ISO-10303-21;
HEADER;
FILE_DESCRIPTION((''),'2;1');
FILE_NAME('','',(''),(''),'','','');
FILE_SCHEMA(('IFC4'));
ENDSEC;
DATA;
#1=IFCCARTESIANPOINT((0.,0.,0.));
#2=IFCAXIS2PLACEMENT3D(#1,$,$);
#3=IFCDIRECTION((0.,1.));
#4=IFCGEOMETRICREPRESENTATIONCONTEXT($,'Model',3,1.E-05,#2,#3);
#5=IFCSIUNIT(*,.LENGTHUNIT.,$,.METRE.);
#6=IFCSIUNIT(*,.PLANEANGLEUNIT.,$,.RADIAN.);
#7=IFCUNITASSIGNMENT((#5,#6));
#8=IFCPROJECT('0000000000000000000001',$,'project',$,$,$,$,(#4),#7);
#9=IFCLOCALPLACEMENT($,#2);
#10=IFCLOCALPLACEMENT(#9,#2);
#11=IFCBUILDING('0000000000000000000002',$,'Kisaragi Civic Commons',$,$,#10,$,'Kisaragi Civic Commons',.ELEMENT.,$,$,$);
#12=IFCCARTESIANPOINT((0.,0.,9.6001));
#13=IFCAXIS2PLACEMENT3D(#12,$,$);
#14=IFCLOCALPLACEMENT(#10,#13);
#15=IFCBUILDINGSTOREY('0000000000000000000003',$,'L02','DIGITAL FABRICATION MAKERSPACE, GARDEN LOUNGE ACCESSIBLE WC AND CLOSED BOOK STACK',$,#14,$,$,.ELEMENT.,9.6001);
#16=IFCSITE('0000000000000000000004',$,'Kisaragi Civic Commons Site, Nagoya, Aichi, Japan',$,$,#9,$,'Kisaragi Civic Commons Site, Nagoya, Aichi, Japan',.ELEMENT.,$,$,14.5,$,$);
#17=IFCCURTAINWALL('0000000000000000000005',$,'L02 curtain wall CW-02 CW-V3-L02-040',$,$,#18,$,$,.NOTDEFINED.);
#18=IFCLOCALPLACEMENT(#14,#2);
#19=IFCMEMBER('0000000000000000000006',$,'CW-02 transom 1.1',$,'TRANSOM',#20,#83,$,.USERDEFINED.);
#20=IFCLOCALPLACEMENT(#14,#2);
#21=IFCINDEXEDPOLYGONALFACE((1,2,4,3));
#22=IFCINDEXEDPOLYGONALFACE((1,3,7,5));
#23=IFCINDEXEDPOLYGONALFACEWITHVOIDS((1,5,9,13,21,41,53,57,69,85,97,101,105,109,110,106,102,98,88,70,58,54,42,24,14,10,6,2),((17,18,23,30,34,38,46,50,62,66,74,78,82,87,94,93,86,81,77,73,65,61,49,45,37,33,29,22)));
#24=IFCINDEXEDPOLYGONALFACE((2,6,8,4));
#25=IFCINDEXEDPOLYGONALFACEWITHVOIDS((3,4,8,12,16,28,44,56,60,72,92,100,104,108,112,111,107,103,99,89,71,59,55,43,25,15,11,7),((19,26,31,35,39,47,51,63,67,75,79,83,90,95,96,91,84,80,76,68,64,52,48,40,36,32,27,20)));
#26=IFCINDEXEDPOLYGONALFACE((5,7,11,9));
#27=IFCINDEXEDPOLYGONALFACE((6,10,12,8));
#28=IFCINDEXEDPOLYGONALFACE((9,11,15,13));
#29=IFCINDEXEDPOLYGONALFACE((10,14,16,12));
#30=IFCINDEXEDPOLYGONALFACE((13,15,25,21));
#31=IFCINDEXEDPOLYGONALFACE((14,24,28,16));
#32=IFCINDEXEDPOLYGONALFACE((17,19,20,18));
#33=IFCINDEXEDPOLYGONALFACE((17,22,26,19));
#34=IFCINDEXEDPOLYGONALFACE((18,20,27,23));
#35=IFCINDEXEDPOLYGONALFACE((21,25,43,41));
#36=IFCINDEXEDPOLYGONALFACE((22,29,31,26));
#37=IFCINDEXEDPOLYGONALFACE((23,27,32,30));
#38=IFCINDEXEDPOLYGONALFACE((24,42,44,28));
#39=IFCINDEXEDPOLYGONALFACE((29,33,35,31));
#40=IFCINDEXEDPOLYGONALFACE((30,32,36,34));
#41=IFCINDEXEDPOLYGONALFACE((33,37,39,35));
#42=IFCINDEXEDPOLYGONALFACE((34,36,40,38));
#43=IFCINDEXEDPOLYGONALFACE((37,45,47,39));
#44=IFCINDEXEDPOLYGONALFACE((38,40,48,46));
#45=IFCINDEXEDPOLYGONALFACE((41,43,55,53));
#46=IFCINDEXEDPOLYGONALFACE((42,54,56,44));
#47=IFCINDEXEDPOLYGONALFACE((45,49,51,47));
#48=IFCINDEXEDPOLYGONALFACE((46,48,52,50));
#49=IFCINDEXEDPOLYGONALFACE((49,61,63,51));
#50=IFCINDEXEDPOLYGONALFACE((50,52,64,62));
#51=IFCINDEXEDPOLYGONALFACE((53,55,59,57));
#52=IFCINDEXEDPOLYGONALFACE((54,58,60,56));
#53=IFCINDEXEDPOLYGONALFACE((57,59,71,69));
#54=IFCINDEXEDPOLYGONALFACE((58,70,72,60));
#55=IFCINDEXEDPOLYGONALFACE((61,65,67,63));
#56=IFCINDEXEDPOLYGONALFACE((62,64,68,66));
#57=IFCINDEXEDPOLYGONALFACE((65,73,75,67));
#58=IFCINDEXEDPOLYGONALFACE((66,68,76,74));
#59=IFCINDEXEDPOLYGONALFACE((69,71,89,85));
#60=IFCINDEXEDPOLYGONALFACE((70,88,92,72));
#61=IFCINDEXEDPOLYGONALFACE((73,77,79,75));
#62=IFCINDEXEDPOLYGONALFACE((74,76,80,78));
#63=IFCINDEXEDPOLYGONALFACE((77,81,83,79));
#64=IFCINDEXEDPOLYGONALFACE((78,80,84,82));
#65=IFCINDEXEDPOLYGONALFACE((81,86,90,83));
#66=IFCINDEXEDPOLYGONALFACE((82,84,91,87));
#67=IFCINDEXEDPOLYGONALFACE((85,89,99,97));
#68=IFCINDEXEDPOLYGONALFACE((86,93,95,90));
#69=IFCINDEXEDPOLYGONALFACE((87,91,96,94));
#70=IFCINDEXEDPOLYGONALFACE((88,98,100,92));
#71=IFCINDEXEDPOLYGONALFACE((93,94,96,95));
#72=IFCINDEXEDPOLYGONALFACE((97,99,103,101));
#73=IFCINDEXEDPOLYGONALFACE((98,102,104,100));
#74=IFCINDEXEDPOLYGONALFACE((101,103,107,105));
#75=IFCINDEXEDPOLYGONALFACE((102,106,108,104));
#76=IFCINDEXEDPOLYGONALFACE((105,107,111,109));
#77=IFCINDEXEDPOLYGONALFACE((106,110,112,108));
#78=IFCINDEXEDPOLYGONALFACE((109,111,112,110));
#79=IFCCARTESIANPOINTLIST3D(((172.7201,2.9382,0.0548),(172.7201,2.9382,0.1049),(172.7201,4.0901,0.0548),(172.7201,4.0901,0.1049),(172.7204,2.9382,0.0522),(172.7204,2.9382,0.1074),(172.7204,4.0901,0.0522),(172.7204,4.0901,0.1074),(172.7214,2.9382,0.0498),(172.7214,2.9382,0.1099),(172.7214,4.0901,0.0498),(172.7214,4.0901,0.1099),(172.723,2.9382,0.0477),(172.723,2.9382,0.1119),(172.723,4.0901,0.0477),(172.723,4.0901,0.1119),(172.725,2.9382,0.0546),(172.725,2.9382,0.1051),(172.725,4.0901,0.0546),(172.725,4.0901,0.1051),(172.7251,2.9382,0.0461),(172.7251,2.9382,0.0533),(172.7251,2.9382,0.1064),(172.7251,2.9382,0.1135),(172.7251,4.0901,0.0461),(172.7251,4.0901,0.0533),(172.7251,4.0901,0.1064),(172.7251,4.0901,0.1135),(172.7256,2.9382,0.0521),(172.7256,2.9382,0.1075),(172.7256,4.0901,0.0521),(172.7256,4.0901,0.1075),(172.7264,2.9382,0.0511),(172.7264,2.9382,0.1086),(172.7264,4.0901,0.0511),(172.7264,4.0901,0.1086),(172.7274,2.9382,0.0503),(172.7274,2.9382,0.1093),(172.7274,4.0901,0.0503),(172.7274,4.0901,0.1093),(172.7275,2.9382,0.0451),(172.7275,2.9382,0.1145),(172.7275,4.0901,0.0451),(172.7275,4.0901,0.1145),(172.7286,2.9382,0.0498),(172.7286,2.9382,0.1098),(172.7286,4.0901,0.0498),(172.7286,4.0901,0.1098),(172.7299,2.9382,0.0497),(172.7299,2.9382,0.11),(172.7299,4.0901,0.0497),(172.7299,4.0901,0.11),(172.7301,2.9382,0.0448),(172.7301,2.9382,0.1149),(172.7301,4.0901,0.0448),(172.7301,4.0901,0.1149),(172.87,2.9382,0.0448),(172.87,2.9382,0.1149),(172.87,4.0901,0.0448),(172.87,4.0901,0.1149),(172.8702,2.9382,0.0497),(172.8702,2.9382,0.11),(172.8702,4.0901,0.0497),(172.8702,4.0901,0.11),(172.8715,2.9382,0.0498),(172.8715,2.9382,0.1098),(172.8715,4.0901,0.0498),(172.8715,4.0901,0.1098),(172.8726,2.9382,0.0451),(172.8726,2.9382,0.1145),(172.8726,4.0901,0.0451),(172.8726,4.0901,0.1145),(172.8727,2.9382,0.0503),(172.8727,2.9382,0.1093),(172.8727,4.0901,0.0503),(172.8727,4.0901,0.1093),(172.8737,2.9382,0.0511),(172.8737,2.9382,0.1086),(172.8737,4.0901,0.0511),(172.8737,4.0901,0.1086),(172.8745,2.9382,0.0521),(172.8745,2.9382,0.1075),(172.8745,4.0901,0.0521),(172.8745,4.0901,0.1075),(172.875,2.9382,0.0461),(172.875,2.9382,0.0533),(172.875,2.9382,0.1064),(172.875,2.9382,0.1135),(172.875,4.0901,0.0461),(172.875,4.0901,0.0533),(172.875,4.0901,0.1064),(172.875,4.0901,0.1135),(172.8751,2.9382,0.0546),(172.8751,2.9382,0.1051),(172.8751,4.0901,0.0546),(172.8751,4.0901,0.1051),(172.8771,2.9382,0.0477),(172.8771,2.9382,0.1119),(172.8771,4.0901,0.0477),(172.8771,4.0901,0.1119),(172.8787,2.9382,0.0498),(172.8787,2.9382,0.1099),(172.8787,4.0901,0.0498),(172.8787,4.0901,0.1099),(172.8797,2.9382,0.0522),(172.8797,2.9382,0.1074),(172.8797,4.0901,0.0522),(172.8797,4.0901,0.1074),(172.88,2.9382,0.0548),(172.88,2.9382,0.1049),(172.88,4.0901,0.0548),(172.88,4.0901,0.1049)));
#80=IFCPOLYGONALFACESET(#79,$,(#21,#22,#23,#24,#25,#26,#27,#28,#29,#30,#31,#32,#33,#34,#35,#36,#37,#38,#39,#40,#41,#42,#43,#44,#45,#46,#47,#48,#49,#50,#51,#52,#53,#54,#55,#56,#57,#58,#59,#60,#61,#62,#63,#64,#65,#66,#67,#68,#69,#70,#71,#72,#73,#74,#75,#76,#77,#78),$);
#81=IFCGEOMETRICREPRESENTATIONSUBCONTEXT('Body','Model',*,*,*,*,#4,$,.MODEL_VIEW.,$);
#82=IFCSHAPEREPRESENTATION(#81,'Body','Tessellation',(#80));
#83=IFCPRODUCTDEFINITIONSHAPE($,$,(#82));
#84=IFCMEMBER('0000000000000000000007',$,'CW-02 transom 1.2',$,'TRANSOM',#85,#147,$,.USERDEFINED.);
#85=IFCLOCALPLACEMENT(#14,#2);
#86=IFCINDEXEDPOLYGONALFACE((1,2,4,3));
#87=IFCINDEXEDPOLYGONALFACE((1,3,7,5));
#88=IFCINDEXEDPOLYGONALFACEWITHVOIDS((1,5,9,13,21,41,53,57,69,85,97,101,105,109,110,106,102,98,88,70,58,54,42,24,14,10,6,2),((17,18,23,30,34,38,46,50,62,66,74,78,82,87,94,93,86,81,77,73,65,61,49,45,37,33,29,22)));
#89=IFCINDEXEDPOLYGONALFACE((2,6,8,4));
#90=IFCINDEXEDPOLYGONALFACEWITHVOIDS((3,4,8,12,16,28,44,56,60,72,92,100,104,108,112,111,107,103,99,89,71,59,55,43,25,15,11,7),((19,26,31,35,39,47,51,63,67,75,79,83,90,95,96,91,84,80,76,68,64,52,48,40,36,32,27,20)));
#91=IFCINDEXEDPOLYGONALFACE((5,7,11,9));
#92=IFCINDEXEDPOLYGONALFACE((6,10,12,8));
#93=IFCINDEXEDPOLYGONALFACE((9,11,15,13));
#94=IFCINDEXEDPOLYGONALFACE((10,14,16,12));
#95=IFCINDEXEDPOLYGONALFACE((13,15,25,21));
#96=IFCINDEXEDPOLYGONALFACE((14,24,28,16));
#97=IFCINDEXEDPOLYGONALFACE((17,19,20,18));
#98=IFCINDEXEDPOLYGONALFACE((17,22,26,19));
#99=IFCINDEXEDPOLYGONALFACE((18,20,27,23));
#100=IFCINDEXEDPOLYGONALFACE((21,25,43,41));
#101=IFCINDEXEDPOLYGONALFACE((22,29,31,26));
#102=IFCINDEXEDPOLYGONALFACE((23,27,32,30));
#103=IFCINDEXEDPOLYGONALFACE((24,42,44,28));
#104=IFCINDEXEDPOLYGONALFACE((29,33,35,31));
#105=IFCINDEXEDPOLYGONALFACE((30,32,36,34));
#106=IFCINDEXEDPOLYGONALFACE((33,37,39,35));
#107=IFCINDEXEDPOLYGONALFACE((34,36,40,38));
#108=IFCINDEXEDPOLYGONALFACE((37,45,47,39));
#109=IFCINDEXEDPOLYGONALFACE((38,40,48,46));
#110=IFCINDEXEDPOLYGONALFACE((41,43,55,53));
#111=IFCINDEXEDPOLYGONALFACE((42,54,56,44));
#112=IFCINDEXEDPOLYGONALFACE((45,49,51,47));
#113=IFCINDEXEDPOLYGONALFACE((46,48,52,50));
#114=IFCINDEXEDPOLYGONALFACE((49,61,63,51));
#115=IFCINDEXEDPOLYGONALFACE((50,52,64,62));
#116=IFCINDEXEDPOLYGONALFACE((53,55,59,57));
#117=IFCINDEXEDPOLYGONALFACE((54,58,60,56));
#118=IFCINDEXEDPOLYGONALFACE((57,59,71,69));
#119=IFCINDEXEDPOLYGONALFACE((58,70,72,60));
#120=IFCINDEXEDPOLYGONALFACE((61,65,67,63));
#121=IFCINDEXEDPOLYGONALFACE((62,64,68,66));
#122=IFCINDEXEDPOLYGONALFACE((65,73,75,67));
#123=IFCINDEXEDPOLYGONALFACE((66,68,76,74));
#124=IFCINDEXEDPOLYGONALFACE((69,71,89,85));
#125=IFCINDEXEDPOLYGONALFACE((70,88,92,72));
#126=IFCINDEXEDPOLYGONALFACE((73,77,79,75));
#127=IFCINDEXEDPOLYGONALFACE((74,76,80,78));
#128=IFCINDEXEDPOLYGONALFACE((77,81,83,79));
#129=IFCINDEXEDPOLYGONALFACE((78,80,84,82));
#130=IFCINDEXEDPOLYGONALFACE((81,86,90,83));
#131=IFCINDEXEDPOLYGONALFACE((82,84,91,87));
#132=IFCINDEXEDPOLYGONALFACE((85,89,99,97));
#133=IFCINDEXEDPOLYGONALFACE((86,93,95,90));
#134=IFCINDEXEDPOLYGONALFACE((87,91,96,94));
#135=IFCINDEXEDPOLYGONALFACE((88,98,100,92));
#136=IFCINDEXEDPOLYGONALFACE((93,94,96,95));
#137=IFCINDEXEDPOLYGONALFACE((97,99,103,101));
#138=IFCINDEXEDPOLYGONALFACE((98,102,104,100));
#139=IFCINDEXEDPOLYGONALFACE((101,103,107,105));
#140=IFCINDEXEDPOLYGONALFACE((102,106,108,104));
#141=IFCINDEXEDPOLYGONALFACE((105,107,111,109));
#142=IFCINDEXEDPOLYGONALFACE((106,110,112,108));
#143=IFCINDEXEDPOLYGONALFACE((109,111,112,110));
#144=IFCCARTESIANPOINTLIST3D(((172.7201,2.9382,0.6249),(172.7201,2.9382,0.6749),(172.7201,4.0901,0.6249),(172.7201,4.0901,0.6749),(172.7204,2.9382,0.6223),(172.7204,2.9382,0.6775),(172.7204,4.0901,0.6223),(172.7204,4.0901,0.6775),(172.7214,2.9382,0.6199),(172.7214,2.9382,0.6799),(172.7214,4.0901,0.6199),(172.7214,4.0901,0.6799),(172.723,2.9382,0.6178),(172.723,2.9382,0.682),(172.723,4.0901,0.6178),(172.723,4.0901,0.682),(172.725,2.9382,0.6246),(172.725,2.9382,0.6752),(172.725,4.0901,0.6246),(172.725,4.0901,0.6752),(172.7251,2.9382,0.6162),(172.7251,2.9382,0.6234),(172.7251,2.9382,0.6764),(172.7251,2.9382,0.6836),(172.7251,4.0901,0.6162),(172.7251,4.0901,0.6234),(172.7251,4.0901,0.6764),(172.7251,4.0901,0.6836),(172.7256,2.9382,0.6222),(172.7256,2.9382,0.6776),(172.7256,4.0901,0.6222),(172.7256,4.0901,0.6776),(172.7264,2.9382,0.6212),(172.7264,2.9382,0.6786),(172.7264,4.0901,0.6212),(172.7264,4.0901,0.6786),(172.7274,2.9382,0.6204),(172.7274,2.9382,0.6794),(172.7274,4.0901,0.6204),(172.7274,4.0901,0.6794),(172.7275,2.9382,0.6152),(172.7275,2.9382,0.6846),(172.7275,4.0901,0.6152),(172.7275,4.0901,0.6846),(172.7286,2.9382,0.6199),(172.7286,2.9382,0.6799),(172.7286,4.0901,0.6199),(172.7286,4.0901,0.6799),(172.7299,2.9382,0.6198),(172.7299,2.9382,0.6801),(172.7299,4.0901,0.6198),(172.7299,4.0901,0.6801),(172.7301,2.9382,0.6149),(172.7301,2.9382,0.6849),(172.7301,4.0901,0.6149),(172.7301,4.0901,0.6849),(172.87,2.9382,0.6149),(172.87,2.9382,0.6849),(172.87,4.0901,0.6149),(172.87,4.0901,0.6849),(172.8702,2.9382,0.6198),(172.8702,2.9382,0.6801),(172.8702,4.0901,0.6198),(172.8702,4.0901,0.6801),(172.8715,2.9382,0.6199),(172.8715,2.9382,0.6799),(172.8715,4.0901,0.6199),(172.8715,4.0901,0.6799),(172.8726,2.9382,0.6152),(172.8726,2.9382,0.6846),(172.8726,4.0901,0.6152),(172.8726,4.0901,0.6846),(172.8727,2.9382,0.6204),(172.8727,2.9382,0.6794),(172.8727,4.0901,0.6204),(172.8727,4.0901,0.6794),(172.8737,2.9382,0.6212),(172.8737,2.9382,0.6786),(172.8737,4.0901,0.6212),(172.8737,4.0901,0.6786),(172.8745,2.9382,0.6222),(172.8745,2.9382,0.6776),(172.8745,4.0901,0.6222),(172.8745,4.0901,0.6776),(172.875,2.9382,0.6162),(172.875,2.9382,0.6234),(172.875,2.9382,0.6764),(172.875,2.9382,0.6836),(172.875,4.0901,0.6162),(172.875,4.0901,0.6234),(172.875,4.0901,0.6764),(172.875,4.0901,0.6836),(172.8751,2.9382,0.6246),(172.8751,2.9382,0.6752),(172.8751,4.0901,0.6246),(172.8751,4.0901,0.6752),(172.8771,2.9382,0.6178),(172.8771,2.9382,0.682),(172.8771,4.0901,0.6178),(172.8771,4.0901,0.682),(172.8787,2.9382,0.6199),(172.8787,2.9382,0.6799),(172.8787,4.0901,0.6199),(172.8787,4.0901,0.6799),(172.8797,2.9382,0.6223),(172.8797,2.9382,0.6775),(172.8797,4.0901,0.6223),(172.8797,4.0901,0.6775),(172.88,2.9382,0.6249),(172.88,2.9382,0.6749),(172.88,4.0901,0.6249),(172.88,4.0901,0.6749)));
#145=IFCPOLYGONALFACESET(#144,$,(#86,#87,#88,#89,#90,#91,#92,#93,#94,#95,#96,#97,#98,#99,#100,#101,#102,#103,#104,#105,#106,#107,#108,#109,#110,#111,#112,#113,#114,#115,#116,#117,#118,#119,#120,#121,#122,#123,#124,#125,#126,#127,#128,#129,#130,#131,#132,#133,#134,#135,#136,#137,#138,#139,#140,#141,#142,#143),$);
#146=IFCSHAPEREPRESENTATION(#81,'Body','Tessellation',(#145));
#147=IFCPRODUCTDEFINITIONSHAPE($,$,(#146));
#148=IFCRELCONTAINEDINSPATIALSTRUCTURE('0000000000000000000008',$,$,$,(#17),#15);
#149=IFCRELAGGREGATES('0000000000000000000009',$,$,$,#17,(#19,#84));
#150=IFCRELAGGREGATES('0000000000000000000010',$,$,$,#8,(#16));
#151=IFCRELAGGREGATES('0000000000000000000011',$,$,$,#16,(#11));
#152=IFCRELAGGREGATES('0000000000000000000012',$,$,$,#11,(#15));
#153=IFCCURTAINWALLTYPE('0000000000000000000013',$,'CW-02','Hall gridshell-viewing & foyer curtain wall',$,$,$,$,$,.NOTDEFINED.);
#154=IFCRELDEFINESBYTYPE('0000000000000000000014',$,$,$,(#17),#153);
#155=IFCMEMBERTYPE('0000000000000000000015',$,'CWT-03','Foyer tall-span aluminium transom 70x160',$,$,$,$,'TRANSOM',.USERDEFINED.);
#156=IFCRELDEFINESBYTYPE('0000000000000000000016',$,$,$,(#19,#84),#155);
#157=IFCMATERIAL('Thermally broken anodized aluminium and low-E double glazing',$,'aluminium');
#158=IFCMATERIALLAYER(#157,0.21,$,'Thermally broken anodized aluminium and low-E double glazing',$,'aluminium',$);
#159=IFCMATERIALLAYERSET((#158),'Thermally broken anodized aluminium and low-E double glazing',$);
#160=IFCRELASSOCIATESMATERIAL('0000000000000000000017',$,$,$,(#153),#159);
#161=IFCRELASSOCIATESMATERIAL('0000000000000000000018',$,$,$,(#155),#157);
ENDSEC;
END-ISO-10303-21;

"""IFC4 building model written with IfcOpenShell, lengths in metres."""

from ifc_helpers import new_model, si_unit, direction, frame, origin, origin_2d, place, context, subcontext, project, spatial, hollow_rectangle, extrude, material, layer, layer_set, material_profile, profile_set, type_object, element, aggregate, save


model = new_model("IFC4")

# Units and contexts
model_context = context("Model", 3, precision=1e-05, world=origin(), true_north=direction((0.0, 1.0)))
body_context = subcontext(model_context, "Body", "Model", "MODEL_VIEW")
ifc_project = project(units=[si_unit("LENGTHUNIT", "METRE"), si_unit("PLANEANGLEUNIT", "RADIAN")], contexts=[model_context])

# Site, building, storey
site_placement = place(None, origin())
site = spatial("IfcSite", under=ifc_project, at=site_placement, Name="Kisaragi Civic Commons Site, Nagoya, Aichi, Japan", LongName="Kisaragi Civic Commons Site, Nagoya, Aichi, Japan", CompositionType="ELEMENT", RefElevation=14.5)
building_placement = place(site_placement, origin())
building = spatial("IfcBuilding", under=site, at=building_placement, Name="Kisaragi Civic Commons", LongName="Kisaragi Civic Commons", CompositionType="ELEMENT")
storey_placement = place(building_placement, frame((0.0, 0.0, 9.6001)))
storey = spatial("IfcBuildingStorey", under=building, at=storey_placement, Name="L02", Description="DIGITAL FABRICATION MAKERSPACE, GARDEN LOUNGE ACCESSIBLE WC AND CLOSED BOOK STACK", CompositionType="ELEMENT", Elevation=9.6001)

# Shared definitions
ifc_material_1 = material(Name="Thermally broken anodized aluminium and low-E double glazing", Category="aluminium")
ifc_layer_1 = layer(ifc_material_1, 0.21, Name="Thermally broken anodized aluminium and low-E double glazing", Category="aluminium")
ifc_layer_set_1 = layer_set([ifc_layer_1], Name="Thermally broken anodized aluminium and low-E double glazing")
curtain_wall_type = type_object("IfcCurtainWallType", Name="CW-02", Description="Hall gridshell-viewing & foyer curtain wall", PredefinedType="NOTDEFINED", material=ifc_layer_set_1)

# Curtain wall
curtain_wall_1_placement = place(storey_placement, origin())
curtain_wall_1 = element("IfcCurtainWall", 1, at=curtain_wall_1_placement, inside=storey, type_object=curtain_wall_type, Name="L02 curtain wall CW-02 CW-V3-L02-040", PredefinedType="NOTDEFINED")

# Members
ifc_material_profile_1 = material_profile(ifc_material_1, hollow_rectangle(XDim=0.1599, YDim=0.0701, WallThickness=0.0049, InnerFilletRadius=0.0049, OuterFilletRadius=0.01, at=origin_2d()), Name="CWT-70x160x5", Category="aluminium")
ifc_profile_set_1 = profile_set([ifc_material_profile_1], Name="Thermally broken anodized aluminium and low-E double glazing")
member_type_1 = type_object("IfcMemberType", Name="CWT-03", Description="Foyer tall-span aluminium transom 70x160", ElementType="TRANSOM", PredefinedType="USERDEFINED", material=ifc_profile_set_1)
member_1_placement = place(storey_placement, frame((172.8, 4.0901, 0.0798), z_axis=(0.0, -1.0, 0.0), x_axis=(1.0, 0.0, 0.0)))
member_1 = element("IfcMember", 2, at=member_1_placement, type_object=member_type_1, Name="CW-02 transom 1.1", ObjectType="TRANSOM", PredefinedType="USERDEFINED", context=body_context, shape_type="SweptSolid", body=[
    extrude(hollow_rectangle(XDim=0.1599, YDim=0.0701, WallThickness=0.0049, InnerFilletRadius=0.0049, OuterFilletRadius=0.01, at=origin_2d()), origin(), (0.0, 0.0, 1.0), 1.1519),
])
member_2_placement = place(storey_placement, frame((172.8, 4.0901, 0.6499), z_axis=(0.0, -1.0, 0.0), x_axis=(1.0, 0.0, 0.0)))
member_2 = element("IfcMember", 3, at=member_2_placement, type_object=member_type_1, Name="CW-02 transom 1.2", ObjectType="TRANSOM", PredefinedType="USERDEFINED", context=body_context, shape_type="SweptSolid", body=[
    extrude(hollow_rectangle(XDim=0.1599, YDim=0.0701, WallThickness=0.0049, InnerFilletRadius=0.0049, OuterFilletRadius=0.01, at=origin_2d()), origin(), (0.0, 0.0, 1.0), 1.1519),
])

aggregate(curtain_wall_1, [member_1, member_2])

save(model, "model.ifc")
